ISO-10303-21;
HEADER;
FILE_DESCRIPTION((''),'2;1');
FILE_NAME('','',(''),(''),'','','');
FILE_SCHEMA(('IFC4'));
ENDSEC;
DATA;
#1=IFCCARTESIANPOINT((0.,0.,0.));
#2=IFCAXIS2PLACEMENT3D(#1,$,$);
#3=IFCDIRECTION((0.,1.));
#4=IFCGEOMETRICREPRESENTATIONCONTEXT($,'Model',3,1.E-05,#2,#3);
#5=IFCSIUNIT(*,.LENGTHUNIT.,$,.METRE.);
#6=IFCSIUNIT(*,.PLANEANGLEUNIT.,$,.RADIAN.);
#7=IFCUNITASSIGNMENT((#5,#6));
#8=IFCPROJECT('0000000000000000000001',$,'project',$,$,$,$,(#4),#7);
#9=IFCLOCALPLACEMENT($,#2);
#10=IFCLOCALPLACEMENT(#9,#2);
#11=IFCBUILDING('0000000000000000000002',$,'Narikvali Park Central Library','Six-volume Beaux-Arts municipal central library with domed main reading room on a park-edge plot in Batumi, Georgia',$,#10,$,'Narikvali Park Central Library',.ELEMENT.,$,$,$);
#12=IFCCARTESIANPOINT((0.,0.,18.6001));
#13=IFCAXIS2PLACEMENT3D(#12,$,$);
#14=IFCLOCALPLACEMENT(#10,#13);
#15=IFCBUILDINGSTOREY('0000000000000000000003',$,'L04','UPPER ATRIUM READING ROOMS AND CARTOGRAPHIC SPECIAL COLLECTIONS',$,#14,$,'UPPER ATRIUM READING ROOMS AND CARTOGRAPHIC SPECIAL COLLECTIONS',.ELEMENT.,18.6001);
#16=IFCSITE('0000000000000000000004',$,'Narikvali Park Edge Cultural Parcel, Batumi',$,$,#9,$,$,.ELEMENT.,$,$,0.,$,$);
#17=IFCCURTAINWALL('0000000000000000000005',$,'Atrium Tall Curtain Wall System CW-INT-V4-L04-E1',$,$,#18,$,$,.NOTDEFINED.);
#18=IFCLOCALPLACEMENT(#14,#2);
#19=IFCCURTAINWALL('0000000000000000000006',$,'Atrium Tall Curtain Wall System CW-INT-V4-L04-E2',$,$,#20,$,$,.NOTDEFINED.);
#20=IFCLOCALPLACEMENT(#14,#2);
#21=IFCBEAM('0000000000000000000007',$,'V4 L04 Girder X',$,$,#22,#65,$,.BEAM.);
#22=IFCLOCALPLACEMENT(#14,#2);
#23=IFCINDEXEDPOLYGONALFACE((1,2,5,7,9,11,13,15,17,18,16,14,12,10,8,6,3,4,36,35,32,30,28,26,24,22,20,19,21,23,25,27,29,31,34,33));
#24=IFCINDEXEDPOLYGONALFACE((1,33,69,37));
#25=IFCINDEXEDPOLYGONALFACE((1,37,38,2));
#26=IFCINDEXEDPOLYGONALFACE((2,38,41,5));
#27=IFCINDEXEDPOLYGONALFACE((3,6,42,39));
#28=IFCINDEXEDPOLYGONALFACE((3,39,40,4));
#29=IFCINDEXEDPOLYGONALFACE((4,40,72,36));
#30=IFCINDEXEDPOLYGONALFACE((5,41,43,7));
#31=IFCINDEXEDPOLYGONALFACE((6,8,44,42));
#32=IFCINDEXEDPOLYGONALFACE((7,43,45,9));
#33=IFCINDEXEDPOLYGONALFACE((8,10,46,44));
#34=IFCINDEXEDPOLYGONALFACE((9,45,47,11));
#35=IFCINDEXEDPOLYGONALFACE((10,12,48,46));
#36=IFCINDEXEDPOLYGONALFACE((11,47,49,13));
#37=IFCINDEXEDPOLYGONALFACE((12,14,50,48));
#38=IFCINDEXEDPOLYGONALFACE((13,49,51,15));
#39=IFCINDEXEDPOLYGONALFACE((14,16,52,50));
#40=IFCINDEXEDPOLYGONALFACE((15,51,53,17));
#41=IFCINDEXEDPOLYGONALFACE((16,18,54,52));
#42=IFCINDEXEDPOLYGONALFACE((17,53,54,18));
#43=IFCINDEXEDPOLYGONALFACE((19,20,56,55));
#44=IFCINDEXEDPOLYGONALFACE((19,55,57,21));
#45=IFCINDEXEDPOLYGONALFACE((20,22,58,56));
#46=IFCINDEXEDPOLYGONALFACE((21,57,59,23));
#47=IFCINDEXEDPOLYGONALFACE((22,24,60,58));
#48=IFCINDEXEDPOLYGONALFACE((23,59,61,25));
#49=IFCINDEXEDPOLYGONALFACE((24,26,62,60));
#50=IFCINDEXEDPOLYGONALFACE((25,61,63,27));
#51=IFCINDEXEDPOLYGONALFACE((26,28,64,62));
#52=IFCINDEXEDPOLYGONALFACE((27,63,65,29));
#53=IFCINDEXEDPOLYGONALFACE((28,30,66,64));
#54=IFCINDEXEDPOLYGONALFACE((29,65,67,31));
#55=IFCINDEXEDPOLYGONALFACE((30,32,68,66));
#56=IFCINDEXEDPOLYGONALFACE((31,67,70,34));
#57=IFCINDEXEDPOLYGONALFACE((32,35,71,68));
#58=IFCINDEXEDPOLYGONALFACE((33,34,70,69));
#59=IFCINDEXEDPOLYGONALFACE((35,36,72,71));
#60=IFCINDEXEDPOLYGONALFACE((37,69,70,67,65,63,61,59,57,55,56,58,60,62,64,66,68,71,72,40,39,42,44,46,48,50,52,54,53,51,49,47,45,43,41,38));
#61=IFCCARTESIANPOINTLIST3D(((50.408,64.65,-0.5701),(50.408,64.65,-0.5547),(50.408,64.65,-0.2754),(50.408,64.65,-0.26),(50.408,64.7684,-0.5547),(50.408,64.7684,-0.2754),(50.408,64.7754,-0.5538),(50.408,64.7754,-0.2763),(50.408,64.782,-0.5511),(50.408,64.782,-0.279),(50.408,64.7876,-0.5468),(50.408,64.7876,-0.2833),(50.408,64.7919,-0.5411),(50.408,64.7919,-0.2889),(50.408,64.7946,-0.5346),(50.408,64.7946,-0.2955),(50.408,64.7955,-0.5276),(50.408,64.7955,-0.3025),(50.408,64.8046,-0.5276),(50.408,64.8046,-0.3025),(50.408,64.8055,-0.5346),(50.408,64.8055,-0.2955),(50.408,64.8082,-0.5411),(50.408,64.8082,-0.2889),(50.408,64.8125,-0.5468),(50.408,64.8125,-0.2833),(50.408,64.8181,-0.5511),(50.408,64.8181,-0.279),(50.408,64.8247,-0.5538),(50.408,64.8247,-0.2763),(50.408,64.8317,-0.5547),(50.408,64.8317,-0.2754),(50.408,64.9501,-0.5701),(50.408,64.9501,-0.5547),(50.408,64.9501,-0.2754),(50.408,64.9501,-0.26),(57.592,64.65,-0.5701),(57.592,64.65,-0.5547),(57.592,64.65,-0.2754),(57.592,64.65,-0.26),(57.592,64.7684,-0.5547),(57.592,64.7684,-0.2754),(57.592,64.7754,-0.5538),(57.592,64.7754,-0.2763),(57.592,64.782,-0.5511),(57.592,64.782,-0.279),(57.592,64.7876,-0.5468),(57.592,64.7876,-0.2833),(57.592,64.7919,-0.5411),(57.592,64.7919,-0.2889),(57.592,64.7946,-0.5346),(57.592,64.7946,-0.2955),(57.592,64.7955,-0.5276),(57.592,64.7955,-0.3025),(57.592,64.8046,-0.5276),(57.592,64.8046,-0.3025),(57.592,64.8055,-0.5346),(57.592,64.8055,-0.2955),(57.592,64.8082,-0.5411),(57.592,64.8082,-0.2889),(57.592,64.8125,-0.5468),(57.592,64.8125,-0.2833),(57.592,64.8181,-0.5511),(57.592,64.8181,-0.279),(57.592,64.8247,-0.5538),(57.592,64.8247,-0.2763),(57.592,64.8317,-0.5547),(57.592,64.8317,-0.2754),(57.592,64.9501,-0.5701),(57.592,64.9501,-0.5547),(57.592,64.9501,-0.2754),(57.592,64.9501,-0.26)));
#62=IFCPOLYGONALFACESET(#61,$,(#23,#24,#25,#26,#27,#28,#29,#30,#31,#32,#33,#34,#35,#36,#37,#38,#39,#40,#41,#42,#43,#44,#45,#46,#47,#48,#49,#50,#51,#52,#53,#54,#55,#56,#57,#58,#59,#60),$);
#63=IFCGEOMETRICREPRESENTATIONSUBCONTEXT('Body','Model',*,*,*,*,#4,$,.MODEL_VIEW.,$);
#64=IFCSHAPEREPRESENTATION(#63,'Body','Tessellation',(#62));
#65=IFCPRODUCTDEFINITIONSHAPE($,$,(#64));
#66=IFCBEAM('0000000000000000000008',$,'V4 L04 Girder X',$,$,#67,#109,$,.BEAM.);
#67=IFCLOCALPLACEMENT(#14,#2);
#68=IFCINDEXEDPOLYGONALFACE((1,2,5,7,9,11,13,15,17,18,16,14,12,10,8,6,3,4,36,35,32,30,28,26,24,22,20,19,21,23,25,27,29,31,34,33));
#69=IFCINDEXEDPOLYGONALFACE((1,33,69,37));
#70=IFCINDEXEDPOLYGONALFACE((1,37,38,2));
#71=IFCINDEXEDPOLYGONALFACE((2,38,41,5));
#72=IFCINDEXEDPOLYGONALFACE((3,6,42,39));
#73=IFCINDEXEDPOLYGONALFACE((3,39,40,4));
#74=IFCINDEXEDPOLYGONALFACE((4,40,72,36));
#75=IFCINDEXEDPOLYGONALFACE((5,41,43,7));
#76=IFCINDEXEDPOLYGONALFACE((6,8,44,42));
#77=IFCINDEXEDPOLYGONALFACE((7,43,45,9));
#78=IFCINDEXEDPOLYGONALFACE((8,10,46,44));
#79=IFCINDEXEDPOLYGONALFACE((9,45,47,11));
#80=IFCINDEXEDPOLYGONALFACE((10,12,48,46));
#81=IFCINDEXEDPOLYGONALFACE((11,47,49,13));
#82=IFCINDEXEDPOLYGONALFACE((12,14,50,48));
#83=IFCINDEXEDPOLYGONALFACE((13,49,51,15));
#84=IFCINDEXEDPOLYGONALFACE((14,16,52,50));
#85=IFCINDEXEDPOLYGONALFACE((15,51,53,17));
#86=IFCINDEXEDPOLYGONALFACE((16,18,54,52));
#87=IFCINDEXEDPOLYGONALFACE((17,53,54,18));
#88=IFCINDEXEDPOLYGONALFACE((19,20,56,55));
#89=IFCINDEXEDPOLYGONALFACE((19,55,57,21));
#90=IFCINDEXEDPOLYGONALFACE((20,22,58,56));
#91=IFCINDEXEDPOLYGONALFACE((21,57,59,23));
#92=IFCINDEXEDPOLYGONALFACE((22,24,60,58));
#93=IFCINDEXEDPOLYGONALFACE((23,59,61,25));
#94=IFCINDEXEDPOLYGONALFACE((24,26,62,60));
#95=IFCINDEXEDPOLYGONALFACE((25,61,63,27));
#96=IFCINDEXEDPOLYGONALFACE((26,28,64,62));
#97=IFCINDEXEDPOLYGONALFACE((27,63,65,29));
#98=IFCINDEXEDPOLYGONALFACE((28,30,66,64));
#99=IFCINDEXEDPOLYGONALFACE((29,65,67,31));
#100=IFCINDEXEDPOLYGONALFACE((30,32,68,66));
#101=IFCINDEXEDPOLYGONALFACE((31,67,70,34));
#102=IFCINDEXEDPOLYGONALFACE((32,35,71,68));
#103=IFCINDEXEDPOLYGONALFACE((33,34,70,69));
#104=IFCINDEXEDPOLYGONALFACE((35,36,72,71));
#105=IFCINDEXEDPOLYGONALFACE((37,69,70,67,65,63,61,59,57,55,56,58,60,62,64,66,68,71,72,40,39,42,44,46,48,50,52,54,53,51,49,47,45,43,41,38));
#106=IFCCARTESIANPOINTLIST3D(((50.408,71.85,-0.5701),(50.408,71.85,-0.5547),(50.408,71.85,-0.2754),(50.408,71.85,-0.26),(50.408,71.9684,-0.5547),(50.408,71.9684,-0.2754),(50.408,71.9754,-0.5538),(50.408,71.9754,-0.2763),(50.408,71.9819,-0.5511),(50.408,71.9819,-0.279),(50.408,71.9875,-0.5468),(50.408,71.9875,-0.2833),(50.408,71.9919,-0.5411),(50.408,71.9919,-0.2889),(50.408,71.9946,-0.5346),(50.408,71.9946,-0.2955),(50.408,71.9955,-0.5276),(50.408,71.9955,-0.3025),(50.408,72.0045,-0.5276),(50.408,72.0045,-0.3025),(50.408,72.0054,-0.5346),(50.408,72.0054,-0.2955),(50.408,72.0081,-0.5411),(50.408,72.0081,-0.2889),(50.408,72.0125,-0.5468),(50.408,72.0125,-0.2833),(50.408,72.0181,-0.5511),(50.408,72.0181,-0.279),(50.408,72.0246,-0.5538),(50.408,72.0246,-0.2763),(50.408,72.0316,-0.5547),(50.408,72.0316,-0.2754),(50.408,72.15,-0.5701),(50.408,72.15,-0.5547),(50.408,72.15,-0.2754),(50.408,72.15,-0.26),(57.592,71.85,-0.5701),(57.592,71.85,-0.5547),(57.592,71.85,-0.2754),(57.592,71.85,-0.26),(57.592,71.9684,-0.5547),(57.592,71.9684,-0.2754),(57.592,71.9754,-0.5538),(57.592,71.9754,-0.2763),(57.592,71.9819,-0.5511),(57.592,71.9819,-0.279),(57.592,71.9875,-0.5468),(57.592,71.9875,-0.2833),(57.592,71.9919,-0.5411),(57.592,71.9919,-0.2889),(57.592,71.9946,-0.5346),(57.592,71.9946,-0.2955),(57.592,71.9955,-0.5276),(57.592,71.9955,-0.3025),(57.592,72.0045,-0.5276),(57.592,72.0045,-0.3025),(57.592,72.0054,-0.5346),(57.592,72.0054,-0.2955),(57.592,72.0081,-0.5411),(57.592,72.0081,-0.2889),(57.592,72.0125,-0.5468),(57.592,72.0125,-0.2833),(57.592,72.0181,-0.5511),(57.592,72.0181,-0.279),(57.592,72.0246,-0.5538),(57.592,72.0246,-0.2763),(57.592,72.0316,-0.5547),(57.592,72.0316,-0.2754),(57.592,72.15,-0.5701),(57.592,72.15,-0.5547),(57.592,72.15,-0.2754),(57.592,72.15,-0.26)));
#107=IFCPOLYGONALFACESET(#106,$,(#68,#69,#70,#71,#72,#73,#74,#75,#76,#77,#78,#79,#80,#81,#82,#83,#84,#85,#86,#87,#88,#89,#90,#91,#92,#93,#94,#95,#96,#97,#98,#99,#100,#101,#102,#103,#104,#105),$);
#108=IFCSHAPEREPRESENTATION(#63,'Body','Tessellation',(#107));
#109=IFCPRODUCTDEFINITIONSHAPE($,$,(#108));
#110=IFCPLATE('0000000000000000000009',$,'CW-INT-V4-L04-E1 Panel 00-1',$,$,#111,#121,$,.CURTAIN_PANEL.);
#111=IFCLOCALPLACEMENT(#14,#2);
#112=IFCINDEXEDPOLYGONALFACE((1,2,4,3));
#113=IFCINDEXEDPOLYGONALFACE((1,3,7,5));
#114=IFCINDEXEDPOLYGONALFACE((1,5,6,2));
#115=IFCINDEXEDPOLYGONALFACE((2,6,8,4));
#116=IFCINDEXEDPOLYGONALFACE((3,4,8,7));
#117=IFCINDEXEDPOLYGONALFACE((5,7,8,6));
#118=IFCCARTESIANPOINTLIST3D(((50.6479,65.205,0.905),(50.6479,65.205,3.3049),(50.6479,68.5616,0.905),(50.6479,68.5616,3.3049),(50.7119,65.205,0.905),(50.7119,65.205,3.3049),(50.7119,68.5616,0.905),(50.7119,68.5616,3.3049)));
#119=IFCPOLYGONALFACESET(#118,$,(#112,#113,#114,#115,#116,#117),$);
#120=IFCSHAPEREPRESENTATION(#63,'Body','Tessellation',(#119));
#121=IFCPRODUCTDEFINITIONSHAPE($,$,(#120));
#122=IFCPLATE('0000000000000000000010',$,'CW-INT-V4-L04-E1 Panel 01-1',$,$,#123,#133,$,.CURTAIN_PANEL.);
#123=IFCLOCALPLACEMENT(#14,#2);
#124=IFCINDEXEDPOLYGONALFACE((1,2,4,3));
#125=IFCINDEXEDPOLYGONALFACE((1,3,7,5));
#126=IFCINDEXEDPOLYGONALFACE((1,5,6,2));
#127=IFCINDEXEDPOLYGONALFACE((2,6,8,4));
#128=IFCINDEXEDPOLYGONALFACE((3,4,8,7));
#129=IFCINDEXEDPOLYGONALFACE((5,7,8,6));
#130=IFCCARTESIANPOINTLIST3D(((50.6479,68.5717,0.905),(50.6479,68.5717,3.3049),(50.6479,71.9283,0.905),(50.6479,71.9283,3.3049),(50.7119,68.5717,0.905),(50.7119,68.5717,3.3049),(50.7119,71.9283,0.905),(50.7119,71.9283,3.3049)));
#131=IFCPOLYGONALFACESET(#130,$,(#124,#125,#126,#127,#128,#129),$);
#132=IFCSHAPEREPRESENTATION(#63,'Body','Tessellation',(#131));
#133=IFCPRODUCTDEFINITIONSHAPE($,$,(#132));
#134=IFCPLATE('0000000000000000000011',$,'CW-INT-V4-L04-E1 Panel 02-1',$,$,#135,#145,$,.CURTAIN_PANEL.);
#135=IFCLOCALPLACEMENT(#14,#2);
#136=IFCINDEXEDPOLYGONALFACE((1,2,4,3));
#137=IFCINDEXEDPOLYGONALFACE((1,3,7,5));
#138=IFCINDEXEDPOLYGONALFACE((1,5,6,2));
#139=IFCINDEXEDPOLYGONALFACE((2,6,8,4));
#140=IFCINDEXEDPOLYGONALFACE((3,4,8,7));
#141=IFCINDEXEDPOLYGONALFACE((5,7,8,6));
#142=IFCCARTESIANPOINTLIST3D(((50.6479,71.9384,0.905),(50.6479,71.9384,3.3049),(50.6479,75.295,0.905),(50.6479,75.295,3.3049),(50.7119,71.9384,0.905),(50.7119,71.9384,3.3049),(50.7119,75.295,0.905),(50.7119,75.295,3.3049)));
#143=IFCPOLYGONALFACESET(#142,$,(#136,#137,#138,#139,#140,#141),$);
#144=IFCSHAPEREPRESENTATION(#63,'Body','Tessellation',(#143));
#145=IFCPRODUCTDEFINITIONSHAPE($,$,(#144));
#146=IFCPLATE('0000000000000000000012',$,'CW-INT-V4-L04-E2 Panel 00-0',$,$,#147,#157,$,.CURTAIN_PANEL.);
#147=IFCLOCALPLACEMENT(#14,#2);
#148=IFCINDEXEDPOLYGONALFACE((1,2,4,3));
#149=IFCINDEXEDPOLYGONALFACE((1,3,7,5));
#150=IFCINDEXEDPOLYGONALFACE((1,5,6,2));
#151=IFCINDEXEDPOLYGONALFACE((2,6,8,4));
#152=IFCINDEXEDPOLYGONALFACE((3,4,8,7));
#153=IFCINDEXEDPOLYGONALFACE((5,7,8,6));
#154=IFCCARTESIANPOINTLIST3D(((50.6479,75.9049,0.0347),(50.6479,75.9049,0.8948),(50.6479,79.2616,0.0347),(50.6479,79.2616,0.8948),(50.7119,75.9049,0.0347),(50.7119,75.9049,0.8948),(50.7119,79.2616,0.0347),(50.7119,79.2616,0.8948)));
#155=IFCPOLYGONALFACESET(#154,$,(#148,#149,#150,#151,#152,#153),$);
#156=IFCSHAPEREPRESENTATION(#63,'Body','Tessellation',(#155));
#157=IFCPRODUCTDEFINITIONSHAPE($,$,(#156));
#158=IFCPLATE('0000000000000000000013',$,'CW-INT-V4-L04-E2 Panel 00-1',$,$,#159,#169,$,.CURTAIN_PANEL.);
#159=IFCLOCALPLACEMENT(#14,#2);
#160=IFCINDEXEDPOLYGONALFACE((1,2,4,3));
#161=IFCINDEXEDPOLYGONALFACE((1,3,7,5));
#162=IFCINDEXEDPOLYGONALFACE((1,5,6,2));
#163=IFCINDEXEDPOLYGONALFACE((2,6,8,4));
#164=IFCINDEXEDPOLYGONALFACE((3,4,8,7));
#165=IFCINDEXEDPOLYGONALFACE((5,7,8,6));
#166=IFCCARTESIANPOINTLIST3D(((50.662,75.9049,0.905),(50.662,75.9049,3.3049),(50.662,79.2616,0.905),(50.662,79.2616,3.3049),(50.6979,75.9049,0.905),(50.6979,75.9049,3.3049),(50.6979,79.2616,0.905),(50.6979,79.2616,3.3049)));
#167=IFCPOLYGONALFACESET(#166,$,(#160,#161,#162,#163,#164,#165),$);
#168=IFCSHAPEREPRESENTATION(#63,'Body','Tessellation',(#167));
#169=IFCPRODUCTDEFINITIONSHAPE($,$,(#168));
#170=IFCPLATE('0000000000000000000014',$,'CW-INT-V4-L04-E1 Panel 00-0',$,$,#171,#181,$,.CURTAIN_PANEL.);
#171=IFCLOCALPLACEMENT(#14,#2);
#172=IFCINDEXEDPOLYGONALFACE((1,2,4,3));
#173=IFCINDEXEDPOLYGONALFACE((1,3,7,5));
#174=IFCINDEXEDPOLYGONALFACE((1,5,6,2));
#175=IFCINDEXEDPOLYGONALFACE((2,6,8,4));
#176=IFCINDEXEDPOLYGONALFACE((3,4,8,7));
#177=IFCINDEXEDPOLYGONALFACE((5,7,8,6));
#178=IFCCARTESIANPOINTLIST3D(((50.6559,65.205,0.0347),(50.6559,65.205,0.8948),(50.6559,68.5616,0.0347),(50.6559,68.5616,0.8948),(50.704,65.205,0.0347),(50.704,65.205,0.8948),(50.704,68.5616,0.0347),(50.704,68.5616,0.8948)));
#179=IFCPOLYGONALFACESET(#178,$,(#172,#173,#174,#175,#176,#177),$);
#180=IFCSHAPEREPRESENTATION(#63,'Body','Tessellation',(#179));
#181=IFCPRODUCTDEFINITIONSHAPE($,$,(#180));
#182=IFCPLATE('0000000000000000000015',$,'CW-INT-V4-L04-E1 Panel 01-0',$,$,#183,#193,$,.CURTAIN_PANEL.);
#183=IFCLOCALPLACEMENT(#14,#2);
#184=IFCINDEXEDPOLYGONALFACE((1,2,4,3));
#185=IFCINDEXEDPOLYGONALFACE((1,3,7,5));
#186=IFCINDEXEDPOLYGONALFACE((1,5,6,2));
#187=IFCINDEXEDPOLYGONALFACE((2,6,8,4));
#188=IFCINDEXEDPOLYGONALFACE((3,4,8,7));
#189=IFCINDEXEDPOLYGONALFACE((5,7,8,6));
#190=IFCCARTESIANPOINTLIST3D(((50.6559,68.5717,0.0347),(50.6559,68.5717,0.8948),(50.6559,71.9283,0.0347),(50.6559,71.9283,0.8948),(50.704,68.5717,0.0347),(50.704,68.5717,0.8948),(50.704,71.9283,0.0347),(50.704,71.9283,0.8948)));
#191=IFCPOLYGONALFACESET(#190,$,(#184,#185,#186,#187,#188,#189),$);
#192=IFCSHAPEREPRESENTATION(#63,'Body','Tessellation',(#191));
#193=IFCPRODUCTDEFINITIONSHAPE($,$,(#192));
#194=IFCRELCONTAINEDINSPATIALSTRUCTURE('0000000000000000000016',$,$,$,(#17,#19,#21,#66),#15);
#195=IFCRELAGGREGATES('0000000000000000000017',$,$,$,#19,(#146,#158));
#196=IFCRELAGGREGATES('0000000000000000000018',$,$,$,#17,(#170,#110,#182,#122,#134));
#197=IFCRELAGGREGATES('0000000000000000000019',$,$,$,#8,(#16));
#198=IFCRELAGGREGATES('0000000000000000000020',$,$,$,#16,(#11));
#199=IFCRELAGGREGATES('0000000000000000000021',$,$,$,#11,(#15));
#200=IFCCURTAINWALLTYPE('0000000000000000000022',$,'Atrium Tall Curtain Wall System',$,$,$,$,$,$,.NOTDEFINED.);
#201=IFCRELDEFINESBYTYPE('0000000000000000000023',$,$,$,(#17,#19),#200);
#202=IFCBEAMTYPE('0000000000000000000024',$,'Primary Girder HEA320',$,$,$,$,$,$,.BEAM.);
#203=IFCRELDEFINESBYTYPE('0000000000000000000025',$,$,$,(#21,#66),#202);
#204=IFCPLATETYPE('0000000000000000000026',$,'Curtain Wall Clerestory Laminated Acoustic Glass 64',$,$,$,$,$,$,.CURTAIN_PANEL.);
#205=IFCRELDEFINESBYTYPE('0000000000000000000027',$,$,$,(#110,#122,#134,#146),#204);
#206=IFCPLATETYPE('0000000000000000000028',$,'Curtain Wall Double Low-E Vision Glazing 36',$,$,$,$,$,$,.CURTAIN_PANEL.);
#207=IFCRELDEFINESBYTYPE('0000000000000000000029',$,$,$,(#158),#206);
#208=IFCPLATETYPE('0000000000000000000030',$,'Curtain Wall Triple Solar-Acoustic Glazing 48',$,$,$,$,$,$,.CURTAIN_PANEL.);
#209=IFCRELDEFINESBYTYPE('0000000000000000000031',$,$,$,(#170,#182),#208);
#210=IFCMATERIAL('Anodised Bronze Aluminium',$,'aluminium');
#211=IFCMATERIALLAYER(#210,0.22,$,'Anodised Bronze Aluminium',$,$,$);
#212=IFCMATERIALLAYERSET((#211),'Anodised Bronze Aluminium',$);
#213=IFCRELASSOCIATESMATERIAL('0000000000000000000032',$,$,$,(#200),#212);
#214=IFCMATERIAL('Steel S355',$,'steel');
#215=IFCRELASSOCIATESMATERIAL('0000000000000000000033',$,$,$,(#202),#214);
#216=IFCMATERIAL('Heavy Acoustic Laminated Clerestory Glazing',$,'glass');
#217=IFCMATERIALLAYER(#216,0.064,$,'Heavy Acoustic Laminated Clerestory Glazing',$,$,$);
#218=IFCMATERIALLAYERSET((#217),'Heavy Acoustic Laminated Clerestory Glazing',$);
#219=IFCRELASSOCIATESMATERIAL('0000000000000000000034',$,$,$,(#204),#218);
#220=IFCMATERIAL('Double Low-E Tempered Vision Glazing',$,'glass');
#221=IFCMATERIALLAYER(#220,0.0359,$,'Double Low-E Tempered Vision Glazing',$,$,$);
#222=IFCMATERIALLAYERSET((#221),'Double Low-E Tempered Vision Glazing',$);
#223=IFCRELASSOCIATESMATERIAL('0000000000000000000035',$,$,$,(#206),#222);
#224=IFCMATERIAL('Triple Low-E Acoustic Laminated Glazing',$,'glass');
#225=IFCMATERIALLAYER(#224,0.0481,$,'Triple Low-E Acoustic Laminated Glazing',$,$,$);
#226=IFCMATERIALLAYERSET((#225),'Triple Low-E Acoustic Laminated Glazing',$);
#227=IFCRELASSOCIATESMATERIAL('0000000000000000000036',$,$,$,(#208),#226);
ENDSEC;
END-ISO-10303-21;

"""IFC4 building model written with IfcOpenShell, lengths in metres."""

from ifc_helpers import new_model, si_unit, direction, frame, origin, origin_2d, place, context, subcontext, project, spatial, rectangle, i_section, extrude, material, layer, layer_set, material_profile, profile_set, type_object, element, aggregate, save


model = new_model("IFC4")

# Units and contexts
model_context = context("Model", 3, precision=1e-05, world=origin(), true_north=direction((0.0, 1.0)))
body_context = subcontext(model_context, "Body", "Model", "MODEL_VIEW")
ifc_project = project(units=[si_unit("LENGTHUNIT", "METRE"), si_unit("PLANEANGLEUNIT", "RADIAN")], contexts=[model_context])

# Site, building, storey
site_placement = place(None, origin())
site = spatial("IfcSite", under=ifc_project, at=site_placement, Name="Narikvali Park Edge Cultural Parcel, Batumi", CompositionType="ELEMENT", RefElevation=0.0)
building_placement = place(site_placement, origin())
building = spatial("IfcBuilding", under=site, at=building_placement, Name="Narikvali Park Central Library", Description="Six-volume Beaux-Arts municipal central library with domed main reading room on a park-edge plot in Batumi, Georgia", LongName="Narikvali Park Central Library", CompositionType="ELEMENT")
storey_placement = place(building_placement, frame((0.0, 0.0, 18.6001)))
storey = spatial("IfcBuildingStorey", under=building, at=storey_placement, Name="L04", Description="UPPER ATRIUM READING ROOMS AND CARTOGRAPHIC SPECIAL COLLECTIONS", LongName="UPPER ATRIUM READING ROOMS AND CARTOGRAPHIC SPECIAL COLLECTIONS", CompositionType="ELEMENT", Elevation=18.6001)

# Shared definitions
ifc_material_1 = material(Name="Steel S355", Category="steel")

# Curtain walls
ifc_material_2 = material(Name="Anodised Bronze Aluminium", Category="aluminium")
ifc_layer_1 = layer(ifc_material_2, 0.22, Name="Anodised Bronze Aluminium")
ifc_layer_set_1 = layer_set([ifc_layer_1], Name="Anodised Bronze Aluminium")
curtain_wall_type = type_object("IfcCurtainWallType", Name="Atrium Tall Curtain Wall System", PredefinedType="NOTDEFINED", material=ifc_layer_set_1)
curtain_wall_1_placement = place(storey_placement, origin())
curtain_wall_1 = element("IfcCurtainWall", 1, at=curtain_wall_1_placement, inside=storey, type_object=curtain_wall_type, Name="Atrium Tall Curtain Wall System CW-INT-V4-L04-E1", PredefinedType="NOTDEFINED")
curtain_wall_2_placement = place(storey_placement, origin())
curtain_wall_2 = element("IfcCurtainWall", 2, at=curtain_wall_2_placement, inside=storey, type_object=curtain_wall_type, Name="Atrium Tall Curtain Wall System CW-INT-V4-L04-E2", PredefinedType="NOTDEFINED")

# Beams
ifc_material_profile_1 = material_profile(ifc_material_1, i_section(OverallWidth=0.3, OverallDepth=0.3101, WebThickness=0.009, FlangeThickness=0.0154, FilletRadius=0.0271, at=origin_2d()), Name="HEA 320")
ifc_profile_set_1 = profile_set([ifc_material_profile_1], Name="Steel S355")
beam_type_1 = type_object("IfcBeamType", Name="Primary Girder HEA320", PredefinedType="BEAM", material=ifc_profile_set_1)
for number, where, z_axis, x_axis, name in (
    (3, (50.408, 64.8, -0.415), (1.0, 0.0, 0.0), (0.0, 1.0, 0.0), "V4 L04 Girder X"),
    (4, (50.408, 72.0, -0.415), (1.0, 0.0, 0.0), (0.0, 1.0, 0.0), "V4 L04 Girder X"),
):
    element("IfcBeam", number, at=place(storey_placement, frame(where, z_axis=z_axis, x_axis=x_axis)), inside=storey, type_object=beam_type_1, Name=name, PredefinedType="BEAM", context=body_context, shape_type="SweptSolid", body=[
        extrude(i_section(OverallWidth=0.3, OverallDepth=0.3101, WebThickness=0.009, FlangeThickness=0.0154, FilletRadius=0.0271, at=origin_2d()), origin(), (0.0, 0.0, 1.0), 7.1841),
    ])

# Plates
ifc_material_3 = material(Name="Heavy Acoustic Laminated Clerestory Glazing", Category="glass")
ifc_layer_2 = layer(ifc_material_3, 0.064, Name="Heavy Acoustic Laminated Clerestory Glazing")
ifc_layer_set_2 = layer_set([ifc_layer_2], Name="Heavy Acoustic Laminated Clerestory Glazing")
plate_type_1 = type_object("IfcPlateType", Name="Curtain Wall Clerestory Laminated Acoustic Glass 64", PredefinedType="CURTAIN_PANEL", material=ifc_layer_set_2)
plate_1_placement = place(storey_placement, frame((50.6799, 66.8833, 0.905), z_axis=(0.0, 0.0, 1.0), x_axis=(0.0, 1.0, 0.0)))
plate_1 = element("IfcPlate", 5, at=plate_1_placement, type_object=plate_type_1, Name="CW-INT-V4-L04-E1 Panel 00-1", PredefinedType="CURTAIN_PANEL", context=body_context, shape_type="SweptSolid", body=[
    extrude(rectangle(XDim=3.3567, YDim=0.064, at=origin_2d()), origin(), (0.0, 0.0, 1.0), 2.3999),
])
plate_2_placement = place(storey_placement, frame((50.6799, 70.25, 0.905), z_axis=(0.0, 0.0, 1.0), x_axis=(0.0, 1.0, 0.0)))
plate_2 = element("IfcPlate", 6, at=plate_2_placement, type_object=plate_type_1, Name="CW-INT-V4-L04-E1 Panel 01-1", PredefinedType="CURTAIN_PANEL", context=body_context, shape_type="SweptSolid", body=[
    extrude(rectangle(XDim=3.3567, YDim=0.064, at=origin_2d()), origin(), (0.0, 0.0, 1.0), 2.3999),
])
plate_3_placement = place(storey_placement, frame((50.6799, 73.6167, 0.905), z_axis=(0.0, 0.0, 1.0), x_axis=(0.0, 1.0, 0.0)))
plate_3 = element("IfcPlate", 7, at=plate_3_placement, type_object=plate_type_1, Name="CW-INT-V4-L04-E1 Panel 02-1", PredefinedType="CURTAIN_PANEL", context=body_context, shape_type="SweptSolid", body=[
    extrude(rectangle(XDim=3.3567, YDim=0.064, at=origin_2d()), origin(), (0.0, 0.0, 1.0), 2.3999),
])
plate_4_placement = place(storey_placement, frame((50.6799, 77.5833, 0.0347), z_axis=(0.0, 0.0, 1.0), x_axis=(0.0, 1.0, 0.0)))
plate_4 = element("IfcPlate", 8, at=plate_4_placement, type_object=plate_type_1, Name="CW-INT-V4-L04-E2 Panel 00-0", PredefinedType="CURTAIN_PANEL", context=body_context, shape_type="SweptSolid", body=[
    extrude(rectangle(XDim=3.3567, YDim=0.064, at=origin_2d()), origin(), (0.0, 0.0, 1.0), 0.8601),
])
ifc_material_4 = material(Name="Double Low-E Tempered Vision Glazing", Category="glass")
ifc_layer_3 = layer(ifc_material_4, 0.0359, Name="Double Low-E Tempered Vision Glazing")
ifc_layer_set_3 = layer_set([ifc_layer_3], Name="Double Low-E Tempered Vision Glazing")
plate_type_2 = type_object("IfcPlateType", Name="Curtain Wall Double Low-E Vision Glazing 36", PredefinedType="CURTAIN_PANEL", material=ifc_layer_set_3)
plate_5_placement = place(storey_placement, frame((50.6799, 77.5833, 0.905), z_axis=(0.0, 0.0, 1.0), x_axis=(0.0, 1.0, 0.0)))
plate_5 = element("IfcPlate", 9, at=plate_5_placement, type_object=plate_type_2, Name="CW-INT-V4-L04-E2 Panel 00-1", PredefinedType="CURTAIN_PANEL", context=body_context, shape_type="SweptSolid", body=[
    extrude(rectangle(XDim=3.3567, YDim=0.0359, at=origin_2d()), origin(), (0.0, 0.0, 1.0), 2.3999),
])
aggregate(curtain_wall_2, [plate_4, plate_5])
ifc_material_5 = material(Name="Triple Low-E Acoustic Laminated Glazing", Category="glass")
ifc_layer_4 = layer(ifc_material_5, 0.0481, Name="Triple Low-E Acoustic Laminated Glazing")
ifc_layer_set_4 = layer_set([ifc_layer_4], Name="Triple Low-E Acoustic Laminated Glazing")
plate_type_3 = type_object("IfcPlateType", Name="Curtain Wall Triple Solar-Acoustic Glazing 48", PredefinedType="CURTAIN_PANEL", material=ifc_layer_set_4)
plate_6_placement = place(storey_placement, frame((50.6799, 66.8833, 0.0347), z_axis=(0.0, 0.0, 1.0), x_axis=(0.0, 1.0, 0.0)))
plate_6 = element("IfcPlate", 10, at=plate_6_placement, type_object=plate_type_3, Name="CW-INT-V4-L04-E1 Panel 00-0", PredefinedType="CURTAIN_PANEL", context=body_context, shape_type="SweptSolid", body=[
    extrude(rectangle(XDim=3.3567, YDim=0.0481, at=origin_2d()), origin(), (0.0, 0.0, 1.0), 0.8601),
])
plate_7_placement = place(storey_placement, frame((50.6799, 70.25, 0.0347), z_axis=(0.0, 0.0, 1.0), x_axis=(0.0, 1.0, 0.0)))
plate_7 = element("IfcPlate", 11, at=plate_7_placement, type_object=plate_type_3, Name="CW-INT-V4-L04-E1 Panel 01-0", PredefinedType="CURTAIN_PANEL", context=body_context, shape_type="SweptSolid", body=[
    extrude(rectangle(XDim=3.3567, YDim=0.0481, at=origin_2d()), origin(), (0.0, 0.0, 1.0), 0.8601),
])
aggregate(curtain_wall_1, [plate_6, plate_1, plate_7, plate_2, plate_3])

save(model, "model.ifc")
